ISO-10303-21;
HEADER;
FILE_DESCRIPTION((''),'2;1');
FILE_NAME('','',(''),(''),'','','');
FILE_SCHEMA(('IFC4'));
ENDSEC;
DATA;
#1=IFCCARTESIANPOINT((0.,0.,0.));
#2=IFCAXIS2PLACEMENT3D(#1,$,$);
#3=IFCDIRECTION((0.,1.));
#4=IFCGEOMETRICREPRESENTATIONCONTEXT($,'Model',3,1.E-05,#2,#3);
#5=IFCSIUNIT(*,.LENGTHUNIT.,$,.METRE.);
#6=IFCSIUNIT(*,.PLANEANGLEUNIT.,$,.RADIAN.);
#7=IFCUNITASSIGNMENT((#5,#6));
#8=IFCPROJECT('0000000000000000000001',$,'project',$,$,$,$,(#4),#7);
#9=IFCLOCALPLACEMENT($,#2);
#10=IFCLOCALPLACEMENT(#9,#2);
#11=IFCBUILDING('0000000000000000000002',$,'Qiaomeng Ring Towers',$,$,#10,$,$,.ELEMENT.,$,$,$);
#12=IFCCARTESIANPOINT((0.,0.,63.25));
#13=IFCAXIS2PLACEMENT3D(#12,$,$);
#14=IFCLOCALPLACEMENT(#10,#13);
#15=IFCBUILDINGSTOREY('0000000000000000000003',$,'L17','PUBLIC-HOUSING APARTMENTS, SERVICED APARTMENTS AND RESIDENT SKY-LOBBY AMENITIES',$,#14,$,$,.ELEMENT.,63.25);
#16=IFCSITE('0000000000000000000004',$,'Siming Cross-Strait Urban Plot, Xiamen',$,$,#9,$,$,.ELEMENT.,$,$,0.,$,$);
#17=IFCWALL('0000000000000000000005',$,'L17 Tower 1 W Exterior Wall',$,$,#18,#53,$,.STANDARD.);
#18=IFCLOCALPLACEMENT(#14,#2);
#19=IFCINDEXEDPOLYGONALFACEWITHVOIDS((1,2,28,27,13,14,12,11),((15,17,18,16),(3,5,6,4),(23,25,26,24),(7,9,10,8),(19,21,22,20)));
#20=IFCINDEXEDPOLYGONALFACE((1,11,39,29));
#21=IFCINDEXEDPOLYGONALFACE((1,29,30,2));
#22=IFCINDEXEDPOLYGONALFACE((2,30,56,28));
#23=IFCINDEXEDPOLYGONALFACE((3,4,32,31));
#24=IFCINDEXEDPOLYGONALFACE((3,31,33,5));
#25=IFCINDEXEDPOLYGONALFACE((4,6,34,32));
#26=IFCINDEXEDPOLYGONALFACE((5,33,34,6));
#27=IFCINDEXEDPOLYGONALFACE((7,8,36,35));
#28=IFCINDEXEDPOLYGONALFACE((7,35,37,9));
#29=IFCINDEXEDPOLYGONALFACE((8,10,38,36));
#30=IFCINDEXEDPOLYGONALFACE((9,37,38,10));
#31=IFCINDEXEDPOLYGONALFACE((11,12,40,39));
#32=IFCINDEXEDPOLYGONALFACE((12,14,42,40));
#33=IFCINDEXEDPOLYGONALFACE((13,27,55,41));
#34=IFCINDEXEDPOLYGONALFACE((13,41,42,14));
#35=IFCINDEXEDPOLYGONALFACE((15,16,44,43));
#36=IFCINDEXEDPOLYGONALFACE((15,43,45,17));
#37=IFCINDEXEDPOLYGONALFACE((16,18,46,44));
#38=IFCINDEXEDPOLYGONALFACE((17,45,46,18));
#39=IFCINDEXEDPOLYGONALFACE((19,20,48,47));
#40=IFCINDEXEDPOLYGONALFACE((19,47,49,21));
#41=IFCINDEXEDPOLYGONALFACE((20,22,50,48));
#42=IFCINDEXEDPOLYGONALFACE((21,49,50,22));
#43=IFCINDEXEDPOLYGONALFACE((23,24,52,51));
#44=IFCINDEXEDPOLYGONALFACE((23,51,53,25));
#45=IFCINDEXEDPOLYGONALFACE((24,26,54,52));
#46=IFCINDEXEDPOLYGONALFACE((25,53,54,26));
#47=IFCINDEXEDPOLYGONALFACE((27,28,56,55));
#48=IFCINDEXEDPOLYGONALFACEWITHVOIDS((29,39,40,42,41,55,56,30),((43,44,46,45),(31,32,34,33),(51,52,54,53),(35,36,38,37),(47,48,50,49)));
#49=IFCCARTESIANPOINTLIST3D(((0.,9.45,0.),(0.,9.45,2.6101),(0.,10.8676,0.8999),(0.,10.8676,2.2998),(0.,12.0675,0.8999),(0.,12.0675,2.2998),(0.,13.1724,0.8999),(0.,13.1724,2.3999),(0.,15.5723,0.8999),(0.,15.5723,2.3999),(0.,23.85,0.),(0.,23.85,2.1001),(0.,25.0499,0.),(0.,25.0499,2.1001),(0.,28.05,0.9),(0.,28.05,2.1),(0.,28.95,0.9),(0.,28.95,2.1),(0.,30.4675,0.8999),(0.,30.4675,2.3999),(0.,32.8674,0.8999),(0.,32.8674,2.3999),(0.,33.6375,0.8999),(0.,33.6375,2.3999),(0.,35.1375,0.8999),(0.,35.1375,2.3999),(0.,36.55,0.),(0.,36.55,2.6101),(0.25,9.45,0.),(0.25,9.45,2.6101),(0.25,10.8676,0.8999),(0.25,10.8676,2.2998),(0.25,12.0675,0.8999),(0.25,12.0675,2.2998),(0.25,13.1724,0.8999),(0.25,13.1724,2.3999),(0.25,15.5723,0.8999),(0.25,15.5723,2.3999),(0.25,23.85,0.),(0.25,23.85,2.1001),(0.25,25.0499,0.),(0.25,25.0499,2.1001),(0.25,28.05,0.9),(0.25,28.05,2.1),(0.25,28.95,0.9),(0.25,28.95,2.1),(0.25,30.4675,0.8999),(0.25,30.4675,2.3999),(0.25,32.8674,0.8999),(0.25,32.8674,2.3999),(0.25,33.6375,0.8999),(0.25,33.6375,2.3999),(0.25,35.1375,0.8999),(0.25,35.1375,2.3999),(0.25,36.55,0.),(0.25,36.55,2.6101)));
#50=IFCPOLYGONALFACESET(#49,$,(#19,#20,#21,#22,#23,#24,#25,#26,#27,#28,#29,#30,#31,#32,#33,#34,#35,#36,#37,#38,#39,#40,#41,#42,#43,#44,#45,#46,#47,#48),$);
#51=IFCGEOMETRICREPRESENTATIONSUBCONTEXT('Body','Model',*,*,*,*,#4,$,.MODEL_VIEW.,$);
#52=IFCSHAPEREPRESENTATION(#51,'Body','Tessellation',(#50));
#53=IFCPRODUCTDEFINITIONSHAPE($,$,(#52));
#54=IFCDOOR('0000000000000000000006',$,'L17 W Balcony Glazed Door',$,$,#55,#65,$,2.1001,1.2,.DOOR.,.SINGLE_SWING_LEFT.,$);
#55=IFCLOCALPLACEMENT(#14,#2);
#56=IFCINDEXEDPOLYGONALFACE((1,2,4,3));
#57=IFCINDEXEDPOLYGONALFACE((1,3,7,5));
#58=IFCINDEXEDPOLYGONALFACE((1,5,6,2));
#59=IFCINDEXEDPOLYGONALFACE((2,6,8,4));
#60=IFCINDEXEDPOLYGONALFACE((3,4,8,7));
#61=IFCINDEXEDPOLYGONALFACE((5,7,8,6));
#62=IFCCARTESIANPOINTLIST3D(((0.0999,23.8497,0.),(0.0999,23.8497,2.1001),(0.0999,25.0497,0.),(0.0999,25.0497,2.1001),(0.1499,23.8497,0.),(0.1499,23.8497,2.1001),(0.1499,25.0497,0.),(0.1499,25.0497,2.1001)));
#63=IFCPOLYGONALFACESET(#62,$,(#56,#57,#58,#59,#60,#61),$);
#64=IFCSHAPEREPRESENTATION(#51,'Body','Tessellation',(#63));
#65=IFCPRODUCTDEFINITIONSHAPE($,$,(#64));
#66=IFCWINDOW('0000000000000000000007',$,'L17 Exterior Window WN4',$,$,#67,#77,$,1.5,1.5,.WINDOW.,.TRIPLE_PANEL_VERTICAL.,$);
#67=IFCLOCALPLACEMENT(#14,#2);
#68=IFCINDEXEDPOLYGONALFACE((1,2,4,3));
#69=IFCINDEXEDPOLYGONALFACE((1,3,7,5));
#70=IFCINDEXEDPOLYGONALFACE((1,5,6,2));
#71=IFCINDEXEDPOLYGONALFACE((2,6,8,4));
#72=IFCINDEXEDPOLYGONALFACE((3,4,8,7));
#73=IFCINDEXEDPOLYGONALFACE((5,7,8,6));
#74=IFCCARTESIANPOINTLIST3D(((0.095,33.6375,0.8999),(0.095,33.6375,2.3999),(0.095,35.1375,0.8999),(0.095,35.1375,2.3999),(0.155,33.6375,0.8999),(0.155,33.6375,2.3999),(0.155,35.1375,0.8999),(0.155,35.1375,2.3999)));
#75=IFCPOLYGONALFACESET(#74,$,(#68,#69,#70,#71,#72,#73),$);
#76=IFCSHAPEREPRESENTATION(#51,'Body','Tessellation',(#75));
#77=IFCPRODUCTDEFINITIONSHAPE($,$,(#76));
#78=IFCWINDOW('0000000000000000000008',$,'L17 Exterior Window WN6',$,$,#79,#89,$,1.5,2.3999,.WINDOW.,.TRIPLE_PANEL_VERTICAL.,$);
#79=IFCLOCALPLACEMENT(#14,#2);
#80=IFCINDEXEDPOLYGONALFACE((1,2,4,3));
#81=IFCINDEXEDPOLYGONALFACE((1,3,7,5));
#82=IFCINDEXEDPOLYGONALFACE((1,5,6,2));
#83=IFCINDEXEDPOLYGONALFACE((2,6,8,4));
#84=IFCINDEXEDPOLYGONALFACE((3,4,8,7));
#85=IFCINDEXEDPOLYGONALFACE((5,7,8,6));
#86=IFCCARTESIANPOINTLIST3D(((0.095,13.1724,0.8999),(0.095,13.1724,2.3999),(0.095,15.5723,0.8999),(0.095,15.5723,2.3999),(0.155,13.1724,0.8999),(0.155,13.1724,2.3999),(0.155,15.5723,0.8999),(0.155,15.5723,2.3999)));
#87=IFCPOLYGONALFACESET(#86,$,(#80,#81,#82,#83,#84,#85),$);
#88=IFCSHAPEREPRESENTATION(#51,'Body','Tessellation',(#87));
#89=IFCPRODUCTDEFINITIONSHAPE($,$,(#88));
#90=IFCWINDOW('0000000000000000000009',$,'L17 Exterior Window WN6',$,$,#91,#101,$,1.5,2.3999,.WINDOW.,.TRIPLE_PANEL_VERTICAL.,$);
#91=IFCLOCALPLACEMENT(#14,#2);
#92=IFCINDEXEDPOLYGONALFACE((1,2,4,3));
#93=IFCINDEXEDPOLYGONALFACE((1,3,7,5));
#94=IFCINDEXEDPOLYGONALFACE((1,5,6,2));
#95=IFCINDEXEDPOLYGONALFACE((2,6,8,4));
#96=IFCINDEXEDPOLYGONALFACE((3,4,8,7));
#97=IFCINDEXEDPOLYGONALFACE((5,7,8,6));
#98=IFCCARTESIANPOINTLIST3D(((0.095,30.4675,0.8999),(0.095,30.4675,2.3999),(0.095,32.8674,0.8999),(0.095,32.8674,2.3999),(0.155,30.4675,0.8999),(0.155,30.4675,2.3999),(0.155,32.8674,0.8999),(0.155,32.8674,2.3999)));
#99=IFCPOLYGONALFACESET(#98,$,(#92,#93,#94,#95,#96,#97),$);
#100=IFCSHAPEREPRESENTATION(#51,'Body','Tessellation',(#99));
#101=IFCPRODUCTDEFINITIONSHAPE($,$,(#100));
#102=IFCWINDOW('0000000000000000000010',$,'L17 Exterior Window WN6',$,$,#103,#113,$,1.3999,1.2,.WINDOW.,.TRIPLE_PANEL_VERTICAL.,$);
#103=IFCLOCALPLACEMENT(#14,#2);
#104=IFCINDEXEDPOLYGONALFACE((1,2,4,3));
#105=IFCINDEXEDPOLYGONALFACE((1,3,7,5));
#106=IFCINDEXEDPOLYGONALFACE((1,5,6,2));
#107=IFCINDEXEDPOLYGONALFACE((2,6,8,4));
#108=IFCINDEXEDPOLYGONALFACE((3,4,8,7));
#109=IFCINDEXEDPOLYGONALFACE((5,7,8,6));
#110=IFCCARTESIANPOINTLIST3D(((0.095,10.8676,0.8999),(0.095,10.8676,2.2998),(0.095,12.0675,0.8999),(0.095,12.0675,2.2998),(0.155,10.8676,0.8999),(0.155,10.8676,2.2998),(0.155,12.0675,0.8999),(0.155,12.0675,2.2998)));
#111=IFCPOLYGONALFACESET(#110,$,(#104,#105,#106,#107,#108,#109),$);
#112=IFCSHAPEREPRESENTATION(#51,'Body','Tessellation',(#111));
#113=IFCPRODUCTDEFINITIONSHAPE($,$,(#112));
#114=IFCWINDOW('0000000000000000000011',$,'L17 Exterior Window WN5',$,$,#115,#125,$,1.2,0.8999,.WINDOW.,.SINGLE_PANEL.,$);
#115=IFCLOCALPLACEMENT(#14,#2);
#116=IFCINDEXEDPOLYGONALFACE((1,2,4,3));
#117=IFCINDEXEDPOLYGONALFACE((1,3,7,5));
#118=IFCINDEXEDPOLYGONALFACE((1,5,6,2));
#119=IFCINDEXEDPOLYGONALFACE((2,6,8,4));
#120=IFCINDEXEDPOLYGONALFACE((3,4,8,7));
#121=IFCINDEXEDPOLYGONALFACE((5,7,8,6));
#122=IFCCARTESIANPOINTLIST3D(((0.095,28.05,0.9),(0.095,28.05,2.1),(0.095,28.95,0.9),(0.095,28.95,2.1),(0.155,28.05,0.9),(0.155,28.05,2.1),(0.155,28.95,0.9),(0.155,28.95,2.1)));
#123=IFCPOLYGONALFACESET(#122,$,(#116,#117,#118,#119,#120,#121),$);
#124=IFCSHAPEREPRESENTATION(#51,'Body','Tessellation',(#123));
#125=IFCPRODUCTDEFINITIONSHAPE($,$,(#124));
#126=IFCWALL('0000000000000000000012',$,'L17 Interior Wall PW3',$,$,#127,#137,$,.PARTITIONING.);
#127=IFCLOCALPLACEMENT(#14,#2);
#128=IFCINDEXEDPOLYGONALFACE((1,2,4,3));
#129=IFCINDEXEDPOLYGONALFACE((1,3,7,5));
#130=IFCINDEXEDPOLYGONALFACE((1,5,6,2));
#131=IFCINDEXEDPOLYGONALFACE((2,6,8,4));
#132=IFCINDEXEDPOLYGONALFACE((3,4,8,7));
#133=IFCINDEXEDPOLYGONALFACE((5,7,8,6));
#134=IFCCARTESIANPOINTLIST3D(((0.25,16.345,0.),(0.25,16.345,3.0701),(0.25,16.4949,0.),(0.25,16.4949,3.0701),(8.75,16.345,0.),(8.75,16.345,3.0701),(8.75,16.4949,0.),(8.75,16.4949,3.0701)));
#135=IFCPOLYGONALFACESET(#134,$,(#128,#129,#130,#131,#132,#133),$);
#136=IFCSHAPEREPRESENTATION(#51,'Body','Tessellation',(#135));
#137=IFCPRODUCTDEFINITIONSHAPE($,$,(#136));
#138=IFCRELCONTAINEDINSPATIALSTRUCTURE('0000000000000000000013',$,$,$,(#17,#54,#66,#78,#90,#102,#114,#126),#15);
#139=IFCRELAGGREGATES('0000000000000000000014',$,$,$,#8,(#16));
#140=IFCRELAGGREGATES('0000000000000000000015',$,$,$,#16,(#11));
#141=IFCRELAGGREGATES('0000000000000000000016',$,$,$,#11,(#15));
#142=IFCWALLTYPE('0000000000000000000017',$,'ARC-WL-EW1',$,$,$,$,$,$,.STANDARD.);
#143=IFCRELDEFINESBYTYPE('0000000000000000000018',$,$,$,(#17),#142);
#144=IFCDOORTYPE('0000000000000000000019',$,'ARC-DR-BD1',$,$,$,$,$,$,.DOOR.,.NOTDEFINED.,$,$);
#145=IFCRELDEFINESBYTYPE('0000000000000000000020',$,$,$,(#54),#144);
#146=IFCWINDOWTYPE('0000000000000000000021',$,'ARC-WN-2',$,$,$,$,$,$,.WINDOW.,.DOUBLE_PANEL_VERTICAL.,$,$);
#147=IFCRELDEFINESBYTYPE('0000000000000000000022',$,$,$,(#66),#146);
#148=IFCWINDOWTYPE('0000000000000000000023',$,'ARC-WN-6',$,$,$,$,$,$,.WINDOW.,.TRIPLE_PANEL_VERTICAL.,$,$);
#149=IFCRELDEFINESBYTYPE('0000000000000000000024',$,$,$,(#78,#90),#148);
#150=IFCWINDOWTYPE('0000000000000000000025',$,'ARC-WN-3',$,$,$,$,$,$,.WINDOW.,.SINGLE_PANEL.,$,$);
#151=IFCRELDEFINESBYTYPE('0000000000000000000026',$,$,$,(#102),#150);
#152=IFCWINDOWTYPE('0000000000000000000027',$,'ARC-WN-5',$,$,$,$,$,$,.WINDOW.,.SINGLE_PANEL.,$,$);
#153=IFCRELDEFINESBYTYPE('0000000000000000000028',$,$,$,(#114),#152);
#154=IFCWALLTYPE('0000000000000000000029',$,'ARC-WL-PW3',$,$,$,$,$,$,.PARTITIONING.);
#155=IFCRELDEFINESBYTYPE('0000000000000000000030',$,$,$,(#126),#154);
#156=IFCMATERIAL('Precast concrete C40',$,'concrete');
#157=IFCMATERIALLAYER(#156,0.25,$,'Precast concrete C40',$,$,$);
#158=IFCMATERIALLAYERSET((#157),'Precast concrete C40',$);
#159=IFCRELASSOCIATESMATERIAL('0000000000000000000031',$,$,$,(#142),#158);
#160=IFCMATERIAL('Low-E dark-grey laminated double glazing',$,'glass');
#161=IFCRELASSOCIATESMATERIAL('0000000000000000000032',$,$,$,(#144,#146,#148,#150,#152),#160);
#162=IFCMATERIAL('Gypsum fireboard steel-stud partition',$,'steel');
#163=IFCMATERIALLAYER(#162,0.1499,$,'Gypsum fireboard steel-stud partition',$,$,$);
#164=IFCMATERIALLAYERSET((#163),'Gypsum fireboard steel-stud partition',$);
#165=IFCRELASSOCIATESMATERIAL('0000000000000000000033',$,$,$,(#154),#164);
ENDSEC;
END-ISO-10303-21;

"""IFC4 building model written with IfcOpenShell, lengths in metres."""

from ifc_helpers import new_model, si_unit, direction, frame, frame_2d, origin, place, context, subcontext, project, spatial, rectangle, extrude, source, transform, mapped, material, layer, layer_set, type_object, element, fill, save


model = new_model("IFC4")

# Units and contexts
model_context = context("Model", 3, precision=1e-05, world=origin(), true_north=direction((0.0, 1.0)))
body_context = subcontext(model_context, "Body", "Model", "MODEL_VIEW")
ifc_project = project(units=[si_unit("LENGTHUNIT", "METRE"), si_unit("PLANEANGLEUNIT", "RADIAN")], contexts=[model_context])

# Site, building, storey
site_placement = place(None, origin())
site = spatial("IfcSite", under=ifc_project, at=site_placement, Name="Siming Cross-Strait Urban Plot, Xiamen", CompositionType="ELEMENT", RefElevation=0.0)
building_placement = place(site_placement, origin())
building = spatial("IfcBuilding", under=site, at=building_placement, Name="Qiaomeng Ring Towers", CompositionType="ELEMENT")
storey_placement = place(building_placement, frame((0.0, 0.0, 63.25)))
storey = spatial("IfcBuildingStorey", under=building, at=storey_placement, Name="L17", Description="PUBLIC-HOUSING APARTMENTS, SERVICED APARTMENTS AND RESIDENT SKY-LOBBY AMENITIES", CompositionType="ELEMENT", Elevation=63.25)

# Wall, openings, door, windows
ifc_material_1 = material(Name="Precast concrete C40", Category="concrete")
ifc_layer_1 = layer(ifc_material_1, 0.25, Name="Precast concrete C40")
ifc_layer_set_1 = layer_set([ifc_layer_1], Name="Precast concrete C40")
wall_type_1 = type_object("IfcWallType", Name="ARC-WL-EW1", PredefinedType="STANDARD", material=ifc_layer_set_1)
wall_1_placement = place(storey_placement, frame((0.125, 9.45, 0.0), z_axis=(0.0, 0.0, 1.0), x_axis=(0.0, 1.0, 0.0)))
wall_1 = element("IfcWall", 1, at=wall_1_placement, inside=storey, type_object=wall_type_1, Name="L17 Tower 1 W Exterior Wall", PredefinedType="STANDARD", context=body_context, shape_type="SweptSolid", body=[
    extrude(rectangle(XDim=27.1001, YDim=0.25, at=frame_2d((13.55, 0.0))), origin(), (0.0, 0.0, 1.0), 2.6101),
])
opening_1_placement = place(wall_1_placement, frame((14.3999, 0.0, 0.0)))
opening_1 = element("IfcOpeningElement", 2, at=opening_1_placement, cuts=wall_1, PredefinedType="OPENING", context=body_context, shape_type="SweptSolid", body=[
    extrude(rectangle(XDim=1.2, YDim=2.1001, at=frame_2d((0.6001, 1.05))), frame((0.0, 0.135, 0.0), z_axis=(0.0, -1.0, 0.0), x_axis=(1.0, 0.0, 0.0)), (0.0, 0.0, 1.0), 0.27),
])
opening_2_placement = place(wall_1_placement, frame((1.4175, 0.0, 0.8999)))
opening_2 = element("IfcOpeningElement", 3, at=opening_2_placement, cuts=wall_1, PredefinedType="OPENING", context=body_context, shape_type="SweptSolid", body=[
    extrude(rectangle(XDim=1.2, YDim=1.3999, at=frame_2d((0.6001, 0.7))), frame((0.0, 0.135, 0.0), z_axis=(0.0, -1.0, 0.0), x_axis=(1.0, 0.0, 0.0)), (0.0, 0.0, 1.0), 0.27),
])
opening_3_placement = place(wall_1_placement, frame((24.1875, 0.0, 0.8999)))
opening_3 = element("IfcOpeningElement", 4, at=opening_3_placement, cuts=wall_1, PredefinedType="OPENING", context=body_context, shape_type="SweptSolid", body=[
    extrude(rectangle(XDim=1.5, YDim=1.5, at=frame_2d((0.75, 0.75))), frame((0.0, 0.135, 0.0), z_axis=(0.0, -1.0, 0.0), x_axis=(1.0, 0.0, 0.0)), (0.0, 0.0, 1.0), 0.27),
])
opening_4_placement = place(wall_1_placement, frame((3.7224, 0.0, 0.8999)))
opening_4 = element("IfcOpeningElement", 5, at=opening_4_placement, cuts=wall_1, PredefinedType="OPENING", context=body_context, shape_type="SweptSolid", body=[
    extrude(rectangle(XDim=2.3999, YDim=1.5, at=frame_2d((1.2, 0.75))), frame((0.0, 0.135, 0.0), z_axis=(0.0, -1.0, 0.0), x_axis=(1.0, 0.0, 0.0)), (0.0, 0.0, 1.0), 0.27),
])
opening_5_placement = place(wall_1_placement, frame((21.0176, 0.0, 0.8999)))
opening_5 = element("IfcOpeningElement", 6, at=opening_5_placement, cuts=wall_1, PredefinedType="OPENING", context=body_context, shape_type="SweptSolid", body=[
    extrude(rectangle(XDim=2.3999, YDim=1.5, at=frame_2d((1.2, 0.75))), frame((0.0, 0.135, 0.0), z_axis=(0.0, -1.0, 0.0), x_axis=(1.0, 0.0, 0.0)), (0.0, 0.0, 1.0), 0.27),
])
opening_6_placement = place(wall_1_placement, frame((18.6001, 0.0, 0.8999)))
opening_6 = element("IfcOpeningElement", 7, at=opening_6_placement, cuts=wall_1, PredefinedType="OPENING", context=body_context, shape_type="SweptSolid", body=[
    extrude(rectangle(XDim=0.8999, YDim=1.2, at=frame_2d((0.45, 0.6001))), frame((0.0, 0.135, 0.0), z_axis=(0.0, -1.0, 0.0), x_axis=(1.0, 0.0, 0.0)), (0.0, 0.0, 1.0), 0.27),
])
ifc_material_2 = material(Name="Low-E dark-grey laminated double glazing", Category="glass")
door_type_1 = type_object("IfcDoorType", Name="ARC-DR-BD1", OperationType="NOTDEFINED", PredefinedType="DOOR", material=ifc_material_2)
shared_shape_1 = source(origin(), body_context, "Body", "SweptSolid", [
    extrude(rectangle(XDim=1.2, YDim=2.1001, at=frame_2d((0.6001, 1.05))), frame((0.0, 0.0249, 0.0), z_axis=(0.0, -1.0, 0.0), x_axis=(1.0, 0.0, 0.0)), (0.0, 0.0, 1.0), 0.05),
])
door_1_placement = place(opening_1_placement, frame((1.2, 0.0, 0.0), z_axis=(0.0, 0.0, 1.0), x_axis=(-1.0, 0.0, 0.0)))
door_1 = element("IfcDoor", 8, at=door_1_placement, inside=storey, type_object=door_type_1, Name="L17 W Balcony Glazed Door", OperationType="SINGLE_SWING_LEFT", OverallHeight=2.1001, OverallWidth=1.2, PredefinedType="DOOR", context=body_context, shape_type="MappedRepresentation", body=[
    mapped(shared_shape_1, transform((0.0, 0.0, 0.0), x_axis=(1.0, 0.0, 0.0), y_axis=(0.0, 1.0, 0.0), z_axis=(0.0, 0.0, 1.0), scale=1.0)),
])
fill(opening_1, door_1)
window_type_1 = type_object("IfcWindowType", Name="ARC-WN-2", PartitioningType="DOUBLE_PANEL_VERTICAL", PredefinedType="WINDOW", material=ifc_material_2)
shared_shape_2 = source(origin(), body_context, "Body", "SweptSolid", [
    extrude(rectangle(XDim=1.5, YDim=1.5, at=frame_2d((0.75, 0.75))), frame((0.0, 0.03, 0.0), z_axis=(0.0, -1.0, 0.0), x_axis=(1.0, 0.0, 0.0)), (0.0, 0.0, 1.0), 0.0601),
])
window_1_placement = place(opening_3_placement, origin())
window_1 = element("IfcWindow", 9, at=window_1_placement, inside=storey, type_object=window_type_1, Name="L17 Exterior Window WN4", OverallHeight=1.5, OverallWidth=1.5, PartitioningType="TRIPLE_PANEL_VERTICAL", PredefinedType="WINDOW", context=body_context, shape_type="MappedRepresentation", body=[
    mapped(shared_shape_2, transform((0.0, 0.0, 0.0), x_axis=(1.0, 0.0, 0.0), y_axis=(0.0, 1.0, 0.0), z_axis=(0.0, 0.0, 1.0), scale=1.0)),
])
fill(opening_3, window_1)
window_type_2 = type_object("IfcWindowType", Name="ARC-WN-6", PartitioningType="TRIPLE_PANEL_VERTICAL", PredefinedType="WINDOW", material=ifc_material_2)
shared_shape_3 = source(origin(), body_context, "Body", "SweptSolid", [
    extrude(rectangle(XDim=2.3999, YDim=1.5, at=frame_2d((1.2, 0.75))), frame((0.0, 0.03, 0.0), z_axis=(0.0, -1.0, 0.0), x_axis=(1.0, 0.0, 0.0)), (0.0, 0.0, 1.0), 0.0601),
])
window_2_placement = place(opening_4_placement, origin())
window_2 = element("IfcWindow", 10, at=window_2_placement, inside=storey, type_object=window_type_2, Name="L17 Exterior Window WN6", OverallHeight=1.5, OverallWidth=2.3999, PartitioningType="TRIPLE_PANEL_VERTICAL", PredefinedType="WINDOW", context=body_context, shape_type="MappedRepresentation", body=[
    mapped(shared_shape_3, transform((0.0, 0.0, 0.0), x_axis=(1.0, 0.0, 0.0), y_axis=(0.0, 1.0, 0.0), z_axis=(0.0, 0.0, 1.0), scale=1.0)),
])
fill(opening_4, window_2)
window_3_placement = place(opening_5_placement, origin())
window_3 = element("IfcWindow", 11, at=window_3_placement, inside=storey, type_object=window_type_2, Name="L17 Exterior Window WN6", OverallHeight=1.5, OverallWidth=2.3999, PartitioningType="TRIPLE_PANEL_VERTICAL", PredefinedType="WINDOW", context=body_context, shape_type="MappedRepresentation", body=[
    mapped(shared_shape_3, transform((0.0, 0.0, 0.0), x_axis=(1.0, 0.0, 0.0), y_axis=(0.0, 1.0, 0.0), z_axis=(0.0, 0.0, 1.0), scale=1.0)),
])
fill(opening_5, window_3)
window_type_3 = type_object("IfcWindowType", Name="ARC-WN-3", PartitioningType="SINGLE_PANEL", PredefinedType="WINDOW", material=ifc_material_2)
shared_shape_4 = source(origin(), body_context, "Body", "SweptSolid", [
    extrude(rectangle(XDim=1.2, YDim=1.3999, at=frame_2d((0.6001, 0.7))), frame((0.0, 0.03, 0.0), z_axis=(0.0, -1.0, 0.0), x_axis=(1.0, 0.0, 0.0)), (0.0, 0.0, 1.0), 0.0601),
])
window_4_placement = place(opening_2_placement, origin())
window_4 = element("IfcWindow", 12, at=window_4_placement, inside=storey, type_object=window_type_3, Name="L17 Exterior Window WN6", OverallHeight=1.3999, OverallWidth=1.2, PartitioningType="TRIPLE_PANEL_VERTICAL", PredefinedType="WINDOW", context=body_context, shape_type="MappedRepresentation", body=[
    mapped(shared_shape_4, transform((0.0, 0.0, 0.0), x_axis=(1.0, 0.0, 0.0), y_axis=(0.0, 1.0, 0.0), z_axis=(0.0, 0.0, 1.0), scale=1.0)),
])
fill(opening_2, window_4)
window_type_4 = type_object("IfcWindowType", Name="ARC-WN-5", PartitioningType="SINGLE_PANEL", PredefinedType="WINDOW", material=ifc_material_2)
shared_shape_5 = source(origin(), body_context, "Body", "SweptSolid", [
    extrude(rectangle(XDim=0.8999, YDim=1.2, at=frame_2d((0.45, 0.6001))), frame((0.0, 0.03, 0.0), z_axis=(0.0, -1.0, 0.0), x_axis=(1.0, 0.0, 0.0)), (0.0, 0.0, 1.0), 0.0601),
])
window_5_placement = place(opening_6_placement, origin())
window_5 = element("IfcWindow", 13, at=window_5_placement, inside=storey, type_object=window_type_4, Name="L17 Exterior Window WN5", OverallHeight=1.2, OverallWidth=0.8999, PartitioningType="SINGLE_PANEL", PredefinedType="WINDOW", context=body_context, shape_type="MappedRepresentation", body=[
    mapped(shared_shape_5, transform((0.0, 0.0, 0.0), x_axis=(1.0, 0.0, 0.0), y_axis=(0.0, 1.0, 0.0), z_axis=(0.0, 0.0, 1.0), scale=1.0)),
])
fill(opening_6, window_5)

# Wall
ifc_material_3 = material(Name="Gypsum fireboard steel-stud partition", Category="steel")
ifc_layer_2 = layer(ifc_material_3, 0.1499, Name="Gypsum fireboard steel-stud partition")
ifc_layer_set_2 = layer_set([ifc_layer_2], Name="Gypsum fireboard steel-stud partition")
wall_type_2 = type_object("IfcWallType", Name="ARC-WL-PW3", PredefinedType="PARTITIONING", material=ifc_layer_set_2)
wall_2_placement = place(storey_placement, frame((0.25, 16.4199, 0.0), z_axis=(0.0, 0.0, 1.0), x_axis=(1.0, 0.0, 0.0)))
element("IfcWall", 14, at=wall_2_placement, inside=storey, type_object=wall_type_2, Name="L17 Interior Wall PW3", PredefinedType="PARTITIONING", context=body_context, shape_type="SweptSolid", body=[
    extrude(rectangle(XDim=8.5, YDim=0.1499, at=frame_2d((4.25, 0.0))), origin(), (0.0, 0.0, 1.0), 3.0701),
])

save(model, "model.ifc")
